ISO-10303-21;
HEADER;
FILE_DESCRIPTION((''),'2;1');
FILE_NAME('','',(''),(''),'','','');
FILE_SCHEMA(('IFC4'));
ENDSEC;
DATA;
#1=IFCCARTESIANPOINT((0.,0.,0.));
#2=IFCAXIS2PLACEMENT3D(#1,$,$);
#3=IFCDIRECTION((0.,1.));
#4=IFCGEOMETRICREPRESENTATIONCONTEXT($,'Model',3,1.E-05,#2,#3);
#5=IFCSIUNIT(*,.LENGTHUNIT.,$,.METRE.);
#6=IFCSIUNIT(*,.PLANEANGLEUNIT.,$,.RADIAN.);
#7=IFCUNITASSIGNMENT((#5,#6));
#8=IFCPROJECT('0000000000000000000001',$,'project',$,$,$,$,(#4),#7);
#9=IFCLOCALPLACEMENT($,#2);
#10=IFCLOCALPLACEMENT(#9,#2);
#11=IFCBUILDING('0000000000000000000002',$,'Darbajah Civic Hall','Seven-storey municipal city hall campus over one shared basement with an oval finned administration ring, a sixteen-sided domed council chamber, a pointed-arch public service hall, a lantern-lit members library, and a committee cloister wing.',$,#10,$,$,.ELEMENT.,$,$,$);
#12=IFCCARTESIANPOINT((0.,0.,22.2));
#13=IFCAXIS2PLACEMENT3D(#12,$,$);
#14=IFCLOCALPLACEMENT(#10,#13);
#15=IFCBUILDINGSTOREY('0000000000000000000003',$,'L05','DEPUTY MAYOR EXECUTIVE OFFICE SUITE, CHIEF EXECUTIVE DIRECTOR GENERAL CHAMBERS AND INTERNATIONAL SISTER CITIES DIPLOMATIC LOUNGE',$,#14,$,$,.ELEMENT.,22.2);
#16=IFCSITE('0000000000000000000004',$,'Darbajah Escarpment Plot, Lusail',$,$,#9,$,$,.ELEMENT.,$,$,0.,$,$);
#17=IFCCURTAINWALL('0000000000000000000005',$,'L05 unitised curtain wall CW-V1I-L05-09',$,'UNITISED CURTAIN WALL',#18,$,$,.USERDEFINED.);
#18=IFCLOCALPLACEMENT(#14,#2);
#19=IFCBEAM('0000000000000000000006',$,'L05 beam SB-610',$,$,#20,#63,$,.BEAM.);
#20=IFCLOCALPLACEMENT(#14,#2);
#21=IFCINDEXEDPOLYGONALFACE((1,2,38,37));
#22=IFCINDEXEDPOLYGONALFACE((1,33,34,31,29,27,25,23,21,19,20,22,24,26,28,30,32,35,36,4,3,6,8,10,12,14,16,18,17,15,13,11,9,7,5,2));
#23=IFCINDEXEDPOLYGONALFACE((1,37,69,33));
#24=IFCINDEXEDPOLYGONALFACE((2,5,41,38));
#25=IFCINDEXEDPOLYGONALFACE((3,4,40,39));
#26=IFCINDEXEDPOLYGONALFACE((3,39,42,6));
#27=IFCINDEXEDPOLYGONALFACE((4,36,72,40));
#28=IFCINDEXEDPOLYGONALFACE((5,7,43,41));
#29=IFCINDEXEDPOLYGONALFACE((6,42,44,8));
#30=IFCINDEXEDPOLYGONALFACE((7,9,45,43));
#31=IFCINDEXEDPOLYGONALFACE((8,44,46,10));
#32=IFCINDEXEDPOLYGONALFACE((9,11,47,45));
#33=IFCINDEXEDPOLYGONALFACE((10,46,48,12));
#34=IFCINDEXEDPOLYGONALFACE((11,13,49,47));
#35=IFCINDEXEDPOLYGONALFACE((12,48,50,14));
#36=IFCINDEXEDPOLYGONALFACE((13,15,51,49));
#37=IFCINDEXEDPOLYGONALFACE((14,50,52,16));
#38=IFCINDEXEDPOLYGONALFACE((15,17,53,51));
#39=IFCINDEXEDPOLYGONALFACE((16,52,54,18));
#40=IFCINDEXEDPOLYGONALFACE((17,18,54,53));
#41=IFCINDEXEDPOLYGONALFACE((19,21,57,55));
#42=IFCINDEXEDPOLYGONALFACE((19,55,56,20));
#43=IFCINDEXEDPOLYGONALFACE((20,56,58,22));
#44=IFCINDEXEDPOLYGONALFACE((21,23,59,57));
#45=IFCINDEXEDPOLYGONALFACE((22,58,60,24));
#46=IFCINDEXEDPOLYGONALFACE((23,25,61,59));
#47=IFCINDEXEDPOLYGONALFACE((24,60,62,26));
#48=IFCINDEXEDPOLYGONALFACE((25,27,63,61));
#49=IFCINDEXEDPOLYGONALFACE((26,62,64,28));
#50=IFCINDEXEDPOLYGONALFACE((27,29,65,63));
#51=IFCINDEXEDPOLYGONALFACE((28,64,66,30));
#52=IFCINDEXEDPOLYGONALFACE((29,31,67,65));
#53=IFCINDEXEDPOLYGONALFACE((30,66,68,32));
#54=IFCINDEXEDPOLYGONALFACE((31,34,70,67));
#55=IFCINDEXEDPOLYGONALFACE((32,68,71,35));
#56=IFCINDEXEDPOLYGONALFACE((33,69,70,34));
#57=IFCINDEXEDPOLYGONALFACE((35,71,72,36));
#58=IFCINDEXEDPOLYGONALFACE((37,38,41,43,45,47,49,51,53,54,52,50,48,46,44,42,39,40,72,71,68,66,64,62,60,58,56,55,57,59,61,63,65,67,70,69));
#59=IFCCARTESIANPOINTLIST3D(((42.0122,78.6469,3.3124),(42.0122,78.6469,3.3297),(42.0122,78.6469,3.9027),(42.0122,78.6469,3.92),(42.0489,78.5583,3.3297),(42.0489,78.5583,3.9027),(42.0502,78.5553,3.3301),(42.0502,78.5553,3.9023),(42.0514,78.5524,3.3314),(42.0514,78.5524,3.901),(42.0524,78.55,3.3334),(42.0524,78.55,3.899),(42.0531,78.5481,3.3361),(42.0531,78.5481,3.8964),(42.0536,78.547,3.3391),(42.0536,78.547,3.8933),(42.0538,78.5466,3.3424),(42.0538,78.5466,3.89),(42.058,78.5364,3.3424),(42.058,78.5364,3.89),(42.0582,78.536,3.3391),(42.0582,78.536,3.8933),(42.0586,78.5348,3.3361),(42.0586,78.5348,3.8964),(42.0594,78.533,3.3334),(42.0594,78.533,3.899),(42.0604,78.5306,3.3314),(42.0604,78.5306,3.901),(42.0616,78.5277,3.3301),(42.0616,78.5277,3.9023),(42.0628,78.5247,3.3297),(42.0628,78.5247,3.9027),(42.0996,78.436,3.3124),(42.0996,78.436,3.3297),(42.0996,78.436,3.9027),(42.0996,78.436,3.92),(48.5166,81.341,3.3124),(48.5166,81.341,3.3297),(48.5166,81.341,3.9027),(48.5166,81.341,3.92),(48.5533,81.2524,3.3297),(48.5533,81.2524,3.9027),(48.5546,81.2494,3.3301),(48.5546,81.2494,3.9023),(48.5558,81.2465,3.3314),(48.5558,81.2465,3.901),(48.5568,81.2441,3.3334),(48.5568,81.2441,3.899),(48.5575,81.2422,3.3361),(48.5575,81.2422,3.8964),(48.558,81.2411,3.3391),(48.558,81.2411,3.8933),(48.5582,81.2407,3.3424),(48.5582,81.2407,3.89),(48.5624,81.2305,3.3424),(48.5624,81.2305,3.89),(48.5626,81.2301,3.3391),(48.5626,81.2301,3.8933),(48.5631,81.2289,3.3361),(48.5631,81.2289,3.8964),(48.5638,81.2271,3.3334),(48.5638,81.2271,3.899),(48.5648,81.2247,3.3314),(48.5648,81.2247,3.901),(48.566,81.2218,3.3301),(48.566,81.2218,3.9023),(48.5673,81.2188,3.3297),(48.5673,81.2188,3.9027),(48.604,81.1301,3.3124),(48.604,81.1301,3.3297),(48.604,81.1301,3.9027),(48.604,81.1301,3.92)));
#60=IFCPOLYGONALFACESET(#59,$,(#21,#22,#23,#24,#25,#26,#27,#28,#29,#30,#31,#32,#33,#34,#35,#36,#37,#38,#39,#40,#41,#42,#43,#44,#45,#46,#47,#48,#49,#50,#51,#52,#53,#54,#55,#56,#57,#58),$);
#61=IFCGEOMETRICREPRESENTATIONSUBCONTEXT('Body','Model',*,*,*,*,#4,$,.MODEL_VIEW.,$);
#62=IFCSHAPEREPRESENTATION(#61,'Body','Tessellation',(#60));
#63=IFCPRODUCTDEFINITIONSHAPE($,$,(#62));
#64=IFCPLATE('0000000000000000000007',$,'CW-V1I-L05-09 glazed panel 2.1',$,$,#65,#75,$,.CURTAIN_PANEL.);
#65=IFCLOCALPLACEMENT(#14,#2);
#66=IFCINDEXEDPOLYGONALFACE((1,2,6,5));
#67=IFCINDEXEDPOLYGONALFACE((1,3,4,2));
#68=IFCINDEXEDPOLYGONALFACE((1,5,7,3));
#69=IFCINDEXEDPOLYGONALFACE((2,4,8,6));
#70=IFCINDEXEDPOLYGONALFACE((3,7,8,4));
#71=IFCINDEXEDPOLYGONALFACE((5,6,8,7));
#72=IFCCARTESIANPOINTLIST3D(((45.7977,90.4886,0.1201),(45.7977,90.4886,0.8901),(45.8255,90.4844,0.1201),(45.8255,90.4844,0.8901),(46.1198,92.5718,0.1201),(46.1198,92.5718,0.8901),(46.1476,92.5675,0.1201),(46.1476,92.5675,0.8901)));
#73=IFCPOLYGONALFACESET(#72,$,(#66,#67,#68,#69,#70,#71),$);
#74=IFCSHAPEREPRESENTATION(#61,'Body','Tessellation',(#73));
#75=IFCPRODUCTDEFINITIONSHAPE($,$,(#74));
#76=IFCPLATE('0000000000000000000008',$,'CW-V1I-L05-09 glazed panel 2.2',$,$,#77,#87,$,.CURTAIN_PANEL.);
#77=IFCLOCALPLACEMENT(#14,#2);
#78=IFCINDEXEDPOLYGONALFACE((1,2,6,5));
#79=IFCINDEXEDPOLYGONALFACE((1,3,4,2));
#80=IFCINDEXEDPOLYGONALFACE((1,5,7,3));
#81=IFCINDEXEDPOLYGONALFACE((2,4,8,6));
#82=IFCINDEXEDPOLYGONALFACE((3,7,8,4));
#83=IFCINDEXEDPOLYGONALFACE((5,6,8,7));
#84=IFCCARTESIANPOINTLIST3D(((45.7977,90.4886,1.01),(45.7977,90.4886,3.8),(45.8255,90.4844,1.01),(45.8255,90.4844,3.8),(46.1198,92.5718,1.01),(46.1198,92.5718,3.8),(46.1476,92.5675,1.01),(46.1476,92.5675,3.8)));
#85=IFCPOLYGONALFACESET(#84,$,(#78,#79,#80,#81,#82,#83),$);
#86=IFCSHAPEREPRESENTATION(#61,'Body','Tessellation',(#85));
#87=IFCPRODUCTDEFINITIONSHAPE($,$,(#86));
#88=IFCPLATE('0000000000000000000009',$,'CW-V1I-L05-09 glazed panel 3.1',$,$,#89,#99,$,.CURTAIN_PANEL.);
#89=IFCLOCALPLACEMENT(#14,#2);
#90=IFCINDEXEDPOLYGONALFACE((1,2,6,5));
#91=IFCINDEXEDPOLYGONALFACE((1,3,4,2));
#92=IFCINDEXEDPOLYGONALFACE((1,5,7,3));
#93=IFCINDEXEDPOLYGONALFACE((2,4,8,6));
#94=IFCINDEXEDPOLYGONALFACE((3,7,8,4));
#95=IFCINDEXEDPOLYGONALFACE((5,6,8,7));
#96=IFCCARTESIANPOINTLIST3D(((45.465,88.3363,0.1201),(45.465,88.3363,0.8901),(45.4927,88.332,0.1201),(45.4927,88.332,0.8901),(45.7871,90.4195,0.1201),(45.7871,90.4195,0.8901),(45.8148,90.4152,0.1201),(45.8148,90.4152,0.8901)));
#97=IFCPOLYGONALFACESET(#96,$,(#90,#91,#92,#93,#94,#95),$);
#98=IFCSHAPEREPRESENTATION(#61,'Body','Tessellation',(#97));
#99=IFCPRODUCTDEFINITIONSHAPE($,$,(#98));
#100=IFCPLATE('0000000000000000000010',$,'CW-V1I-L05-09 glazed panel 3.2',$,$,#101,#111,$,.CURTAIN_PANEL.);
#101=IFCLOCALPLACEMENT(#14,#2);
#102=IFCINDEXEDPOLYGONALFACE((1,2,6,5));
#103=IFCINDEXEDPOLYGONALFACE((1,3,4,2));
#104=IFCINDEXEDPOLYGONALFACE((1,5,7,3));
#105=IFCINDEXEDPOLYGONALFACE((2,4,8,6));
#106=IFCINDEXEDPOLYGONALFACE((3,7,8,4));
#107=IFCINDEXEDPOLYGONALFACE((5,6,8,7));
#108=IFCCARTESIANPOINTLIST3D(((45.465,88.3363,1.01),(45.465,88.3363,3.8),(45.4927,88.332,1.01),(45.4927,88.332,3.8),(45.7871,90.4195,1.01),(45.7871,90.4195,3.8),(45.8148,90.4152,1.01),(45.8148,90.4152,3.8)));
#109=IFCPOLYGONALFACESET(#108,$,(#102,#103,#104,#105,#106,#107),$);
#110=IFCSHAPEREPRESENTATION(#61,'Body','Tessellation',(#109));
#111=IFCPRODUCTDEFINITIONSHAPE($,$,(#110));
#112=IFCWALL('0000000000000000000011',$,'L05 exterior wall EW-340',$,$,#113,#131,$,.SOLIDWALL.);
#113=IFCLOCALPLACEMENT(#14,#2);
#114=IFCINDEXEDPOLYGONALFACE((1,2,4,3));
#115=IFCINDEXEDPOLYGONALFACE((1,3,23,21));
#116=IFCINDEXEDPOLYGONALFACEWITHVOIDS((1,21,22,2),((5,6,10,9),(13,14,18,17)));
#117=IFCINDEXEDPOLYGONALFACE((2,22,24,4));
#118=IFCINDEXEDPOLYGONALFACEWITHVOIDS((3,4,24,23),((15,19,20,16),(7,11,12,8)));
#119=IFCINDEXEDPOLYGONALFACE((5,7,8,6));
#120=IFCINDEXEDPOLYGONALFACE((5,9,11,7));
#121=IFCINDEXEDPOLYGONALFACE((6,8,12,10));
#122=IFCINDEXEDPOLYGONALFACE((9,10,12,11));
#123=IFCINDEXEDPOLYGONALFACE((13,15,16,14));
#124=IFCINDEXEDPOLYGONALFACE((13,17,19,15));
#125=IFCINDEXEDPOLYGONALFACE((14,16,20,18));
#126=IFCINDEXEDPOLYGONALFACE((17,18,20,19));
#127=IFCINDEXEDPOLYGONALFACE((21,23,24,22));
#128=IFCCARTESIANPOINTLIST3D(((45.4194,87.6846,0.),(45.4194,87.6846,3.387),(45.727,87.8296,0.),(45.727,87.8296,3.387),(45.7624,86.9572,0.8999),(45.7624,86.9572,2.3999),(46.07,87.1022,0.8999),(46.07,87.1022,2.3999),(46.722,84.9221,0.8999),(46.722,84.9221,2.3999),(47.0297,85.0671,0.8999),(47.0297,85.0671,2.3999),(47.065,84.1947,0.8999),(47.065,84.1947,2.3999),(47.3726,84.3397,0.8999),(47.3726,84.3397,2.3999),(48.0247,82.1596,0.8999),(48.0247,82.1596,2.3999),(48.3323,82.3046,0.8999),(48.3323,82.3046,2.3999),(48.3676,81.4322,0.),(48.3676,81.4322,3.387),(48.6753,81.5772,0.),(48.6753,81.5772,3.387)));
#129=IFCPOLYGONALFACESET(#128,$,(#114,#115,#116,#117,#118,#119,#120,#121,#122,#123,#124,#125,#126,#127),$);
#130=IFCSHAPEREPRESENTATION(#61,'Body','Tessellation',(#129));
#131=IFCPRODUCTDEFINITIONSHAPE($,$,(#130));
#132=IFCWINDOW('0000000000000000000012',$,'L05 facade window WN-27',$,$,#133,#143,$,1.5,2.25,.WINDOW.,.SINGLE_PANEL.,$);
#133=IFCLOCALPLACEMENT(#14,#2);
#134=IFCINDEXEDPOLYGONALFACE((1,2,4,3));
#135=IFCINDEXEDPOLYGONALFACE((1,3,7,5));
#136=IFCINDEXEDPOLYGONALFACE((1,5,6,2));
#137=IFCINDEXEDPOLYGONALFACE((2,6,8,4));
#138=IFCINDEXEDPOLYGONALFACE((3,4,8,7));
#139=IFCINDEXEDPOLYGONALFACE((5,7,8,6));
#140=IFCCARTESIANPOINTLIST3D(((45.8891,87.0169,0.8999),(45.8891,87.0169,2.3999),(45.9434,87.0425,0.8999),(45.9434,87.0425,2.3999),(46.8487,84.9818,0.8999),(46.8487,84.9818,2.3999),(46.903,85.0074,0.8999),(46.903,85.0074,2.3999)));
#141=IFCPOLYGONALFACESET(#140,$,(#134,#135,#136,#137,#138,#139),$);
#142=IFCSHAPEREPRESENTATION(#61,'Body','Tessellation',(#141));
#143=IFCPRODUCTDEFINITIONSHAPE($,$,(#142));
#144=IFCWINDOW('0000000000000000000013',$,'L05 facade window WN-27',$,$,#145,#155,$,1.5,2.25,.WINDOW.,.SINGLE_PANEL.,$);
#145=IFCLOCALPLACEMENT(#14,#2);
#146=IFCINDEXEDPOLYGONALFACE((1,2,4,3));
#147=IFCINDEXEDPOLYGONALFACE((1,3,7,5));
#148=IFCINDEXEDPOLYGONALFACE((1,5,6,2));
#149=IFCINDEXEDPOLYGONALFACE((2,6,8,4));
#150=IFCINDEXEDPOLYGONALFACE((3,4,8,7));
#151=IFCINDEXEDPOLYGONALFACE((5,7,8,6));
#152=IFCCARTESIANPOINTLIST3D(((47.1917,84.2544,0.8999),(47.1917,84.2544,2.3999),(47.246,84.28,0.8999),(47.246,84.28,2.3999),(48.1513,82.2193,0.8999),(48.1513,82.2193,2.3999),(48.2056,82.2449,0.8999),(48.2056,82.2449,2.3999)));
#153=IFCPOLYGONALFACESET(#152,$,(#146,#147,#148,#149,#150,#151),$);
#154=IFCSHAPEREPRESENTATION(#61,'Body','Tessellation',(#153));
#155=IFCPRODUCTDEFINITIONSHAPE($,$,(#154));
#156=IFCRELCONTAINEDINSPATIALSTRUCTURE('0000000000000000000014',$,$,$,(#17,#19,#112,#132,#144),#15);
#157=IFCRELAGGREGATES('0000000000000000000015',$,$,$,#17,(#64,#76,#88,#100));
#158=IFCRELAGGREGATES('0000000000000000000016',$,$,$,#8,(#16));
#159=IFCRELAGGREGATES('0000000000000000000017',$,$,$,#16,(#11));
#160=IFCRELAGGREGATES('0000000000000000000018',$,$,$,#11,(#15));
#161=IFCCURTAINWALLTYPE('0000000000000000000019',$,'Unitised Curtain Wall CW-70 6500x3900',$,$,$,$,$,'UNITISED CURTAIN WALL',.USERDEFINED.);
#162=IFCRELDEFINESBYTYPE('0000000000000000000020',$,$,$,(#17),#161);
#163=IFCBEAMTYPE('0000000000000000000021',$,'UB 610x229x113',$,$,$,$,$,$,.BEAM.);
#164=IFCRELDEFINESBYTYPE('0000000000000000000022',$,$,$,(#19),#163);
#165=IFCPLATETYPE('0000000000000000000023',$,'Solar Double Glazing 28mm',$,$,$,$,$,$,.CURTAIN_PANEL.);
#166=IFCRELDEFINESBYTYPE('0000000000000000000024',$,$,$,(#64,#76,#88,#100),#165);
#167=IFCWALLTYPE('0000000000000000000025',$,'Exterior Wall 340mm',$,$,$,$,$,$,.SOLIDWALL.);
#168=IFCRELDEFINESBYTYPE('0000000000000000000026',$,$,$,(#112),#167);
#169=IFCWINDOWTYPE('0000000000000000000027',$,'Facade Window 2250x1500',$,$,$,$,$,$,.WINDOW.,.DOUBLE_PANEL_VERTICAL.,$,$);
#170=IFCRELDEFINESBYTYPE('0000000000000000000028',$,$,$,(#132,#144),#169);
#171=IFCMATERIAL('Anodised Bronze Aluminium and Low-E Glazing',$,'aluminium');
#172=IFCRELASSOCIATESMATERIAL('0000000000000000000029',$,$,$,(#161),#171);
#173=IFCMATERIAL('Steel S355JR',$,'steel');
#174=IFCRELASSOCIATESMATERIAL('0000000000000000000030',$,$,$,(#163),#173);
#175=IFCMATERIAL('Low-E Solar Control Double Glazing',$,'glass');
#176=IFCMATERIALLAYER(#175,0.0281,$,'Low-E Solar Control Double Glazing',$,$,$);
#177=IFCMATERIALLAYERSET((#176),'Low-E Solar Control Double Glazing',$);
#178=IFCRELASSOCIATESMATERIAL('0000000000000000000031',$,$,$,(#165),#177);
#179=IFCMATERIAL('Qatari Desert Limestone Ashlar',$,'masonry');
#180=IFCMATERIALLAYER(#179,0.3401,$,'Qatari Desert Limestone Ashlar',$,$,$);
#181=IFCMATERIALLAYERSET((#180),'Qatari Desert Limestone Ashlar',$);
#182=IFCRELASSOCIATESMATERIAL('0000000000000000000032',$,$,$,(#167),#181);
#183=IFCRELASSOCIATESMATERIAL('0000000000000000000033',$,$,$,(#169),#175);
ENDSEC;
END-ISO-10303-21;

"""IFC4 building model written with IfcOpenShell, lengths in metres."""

from ifc_helpers import new_model, si_unit, direction, frame, frame_2d, origin, origin_2d, place, context, subcontext, project, spatial, rectangle, i_section, extrude, material, layer, layer_set, material_profile, profile_set, type_object, element, fill, aggregate, save


model = new_model("IFC4")

# Units and contexts
model_context = context("Model", 3, precision=1e-05, world=origin(), true_north=direction((0.0, 1.0)))
body_context = subcontext(model_context, "Body", "Model", "MODEL_VIEW")
ifc_project = project(units=[si_unit("LENGTHUNIT", "METRE"), si_unit("PLANEANGLEUNIT", "RADIAN")], contexts=[model_context])

# Site, building, storey
site_placement = place(None, origin())
site = spatial("IfcSite", under=ifc_project, at=site_placement, Name="Darbajah Escarpment Plot, Lusail", CompositionType="ELEMENT", RefElevation=0.0)
building_placement = place(site_placement, origin())
building = spatial("IfcBuilding", under=site, at=building_placement, Name="Darbajah Civic Hall", Description="Seven-storey municipal city hall campus over one shared basement with an oval finned administration ring, a sixteen-sided domed council chamber, a pointed-arch public service hall, a lantern-lit members library, and a committee cloister wing.", CompositionType="ELEMENT")
storey_placement = place(building_placement, frame((0.0, 0.0, 22.2)))
storey = spatial("IfcBuildingStorey", under=building, at=storey_placement, Name="L05", Description="DEPUTY MAYOR EXECUTIVE OFFICE SUITE, CHIEF EXECUTIVE DIRECTOR GENERAL CHAMBERS AND INTERNATIONAL SISTER CITIES DIPLOMATIC LOUNGE", CompositionType="ELEMENT", Elevation=22.2)

# Curtain wall
ifc_material_1 = material(Name="Anodised Bronze Aluminium and Low-E Glazing", Category="aluminium")
curtain_wall_type = type_object("IfcCurtainWallType", Name="Unitised Curtain Wall CW-70 6500x3900", ElementType="UNITISED CURTAIN WALL", PredefinedType="USERDEFINED", material=ifc_material_1)
curtain_wall_placement = place(storey_placement, origin())
curtain_wall = element("IfcCurtainWall", 1, at=curtain_wall_placement, inside=storey, type_object=curtain_wall_type, Name="L05 unitised curtain wall CW-V1I-L05-09", ObjectType="UNITISED CURTAIN WALL", PredefinedType="USERDEFINED")

# Beam
ifc_material_2 = material(Name="Steel S355JR", Category="steel")
ifc_material_profile_1 = material_profile(ifc_material_2, i_section(OverallWidth=0.2283, OverallDepth=0.6077, WebThickness=0.011, FlangeThickness=0.0173, FilletRadius=0.0127, at=origin_2d()), Name="UB 610x229x113")
ifc_profile_set_1 = profile_set([ifc_material_profile_1], Name="Steel S355JR")
beam_type_1 = type_object("IfcBeamType", Name="UB 610x229x113", PredefinedType="BEAM", material=ifc_profile_set_1)
beam_1_placement = place(storey_placement, frame((48.5603, 81.2356, 3.6162), z_axis=(-0.923885, -0.382669, 0.0), x_axis=(0.382669, -0.923885, 0.0)))
element("IfcBeam", 2, at=beam_1_placement, inside=storey, type_object=beam_type_1, Name="L05 beam SB-610", PredefinedType="BEAM", context=body_context, shape_type="SweptSolid", body=[
    extrude(i_section(OverallWidth=0.2283, OverallDepth=0.6077, WebThickness=0.011, FlangeThickness=0.0173, FilletRadius=0.0127, at=origin_2d()), origin(), (0.0, 0.0, 1.0), 7.0403),
])

# Plates
ifc_material_3 = material(Name="Low-E Solar Control Double Glazing", Category="glass")
ifc_layer_1 = layer(ifc_material_3, 0.0281, Name="Low-E Solar Control Double Glazing")
ifc_layer_set_1 = layer_set([ifc_layer_1], Name="Low-E Solar Control Double Glazing")
plate_type = type_object("IfcPlateType", Name="Solar Double Glazing 28mm", PredefinedType="CURTAIN_PANEL", material=ifc_layer_set_1)
plate_1_placement = place(storey_placement, frame((45.9727, 91.5281, 0.1201), z_axis=(0.0, 0.0, 1.0), x_axis=(-0.152813, -0.988255, 0.0)))
plate_1 = element("IfcPlate", 3, at=plate_1_placement, type_object=plate_type, Name="CW-V1I-L05-09 glazed panel 2.1", PredefinedType="CURTAIN_PANEL", context=body_context, shape_type="SweptSolid", body=[
    extrude(rectangle(XDim=2.1079, YDim=0.0281, at=origin_2d()), origin(), (0.0, 0.0, 1.0), 0.77),
])
plate_2_placement = place(storey_placement, frame((45.9727, 91.5281, 1.01), z_axis=(0.0, 0.0, 1.0), x_axis=(-0.152813, -0.988255, 0.0)))
plate_2 = element("IfcPlate", 4, at=plate_2_placement, type_object=plate_type, Name="CW-V1I-L05-09 glazed panel 2.2", PredefinedType="CURTAIN_PANEL", context=body_context, shape_type="SweptSolid", body=[
    extrude(rectangle(XDim=2.1079, YDim=0.0281, at=origin_2d()), origin(), (0.0, 0.0, 1.0), 2.79),
])
plate_3_placement = place(storey_placement, frame((45.6399, 89.3757, 0.1201), z_axis=(0.0, 0.0, 1.0), x_axis=(-0.152813, -0.988255, 0.0)))
plate_3 = element("IfcPlate", 5, at=plate_3_placement, type_object=plate_type, Name="CW-V1I-L05-09 glazed panel 3.1", PredefinedType="CURTAIN_PANEL", context=body_context, shape_type="SweptSolid", body=[
    extrude(rectangle(XDim=2.1079, YDim=0.0281, at=origin_2d()), origin(), (0.0, 0.0, 1.0), 0.77),
])
plate_4_placement = place(storey_placement, frame((45.6399, 89.3757, 1.01), z_axis=(0.0, 0.0, 1.0), x_axis=(-0.152813, -0.988255, 0.0)))
plate_4 = element("IfcPlate", 6, at=plate_4_placement, type_object=plate_type, Name="CW-V1I-L05-09 glazed panel 3.2", PredefinedType="CURTAIN_PANEL", context=body_context, shape_type="SweptSolid", body=[
    extrude(rectangle(XDim=2.1079, YDim=0.0281, at=origin_2d()), origin(), (0.0, 0.0, 1.0), 2.79),
])
aggregate(curtain_wall, [plate_1, plate_2, plate_3, plate_4])

# Wall, openings, windows
ifc_material_4 = material(Name="Qatari Desert Limestone Ashlar", Category="masonry")
ifc_layer_2 = layer(ifc_material_4, 0.3401, Name="Qatari Desert Limestone Ashlar")
ifc_layer_set_2 = layer_set([ifc_layer_2], Name="Qatari Desert Limestone Ashlar")
wall_type = type_object("IfcWallType", Name="Exterior Wall 340mm", PredefinedType="SOLIDWALL", material=ifc_layer_set_2)
wall_1_placement = place(storey_placement, frame((45.5732, 87.7571, 0.0), z_axis=(0.0, 0.0, 1.0), x_axis=(0.426498, -0.904489, 0.0)))
wall_1 = element("IfcWall", 7, at=wall_1_placement, inside=storey, type_object=wall_type, Name="L05 exterior wall EW-340", PredefinedType="SOLIDWALL", context=body_context, shape_type="SweptSolid", body=[
    extrude(rectangle(XDim=6.9126, YDim=0.3401, at=frame_2d((3.4563, 0.0))), origin(), (0.0, 0.0, 1.0), 3.387),
])
opening_1_placement = place(wall_1_placement, frame((0.8042, 0.0, 0.8999)))
opening_1 = element("IfcOpeningElement", 8, at=opening_1_placement, cuts=wall_1, PredefinedType="OPENING", context=body_context, shape_type="SweptSolid", body=[
    extrude(rectangle(XDim=2.25, YDim=1.5, at=frame_2d((1.125, 0.75))), frame((0.0, 0.1799, 0.0), z_axis=(0.0, -1.0, 0.0), x_axis=(1.0, 0.0, 0.0)), (0.0, 0.0, 1.0), 0.3601),
])
opening_2_placement = place(wall_1_placement, frame((3.8584, 0.0, 0.8999)))
opening_2 = element("IfcOpeningElement", 9, at=opening_2_placement, cuts=wall_1, PredefinedType="OPENING", context=body_context, shape_type="SweptSolid", body=[
    extrude(rectangle(XDim=2.25, YDim=1.5, at=frame_2d((1.125, 0.75))), frame((0.0, 0.1799, 0.0), z_axis=(0.0, -1.0, 0.0), x_axis=(1.0, 0.0, 0.0)), (0.0, 0.0, 1.0), 0.3601),
])
window_type_1 = type_object("IfcWindowType", Name="Facade Window 2250x1500", PartitioningType="DOUBLE_PANEL_VERTICAL", PredefinedType="WINDOW", material=ifc_material_3)
window_1_placement = place(opening_1_placement, origin())
window_1 = element("IfcWindow", 10, at=window_1_placement, inside=storey, type_object=window_type_1, Name="L05 facade window WN-27", OverallHeight=1.5, OverallWidth=2.25, PartitioningType="SINGLE_PANEL", PredefinedType="WINDOW", context=body_context, shape_type="SweptSolid", body=[
    extrude(rectangle(XDim=2.25, YDim=1.5, at=frame_2d((1.125, 0.75))), frame((0.0, 0.03, 0.0), z_axis=(0.0, -1.0, 0.0), x_axis=(1.0, 0.0, 0.0)), (0.0, 0.0, 1.0), 0.0601),
])
fill(opening_1, window_1)
window_2_placement = place(opening_2_placement, origin())
window_2 = element("IfcWindow", 11, at=window_2_placement, inside=storey, type_object=window_type_1, Name="L05 facade window WN-27", OverallHeight=1.5, OverallWidth=2.25, PartitioningType="SINGLE_PANEL", PredefinedType="WINDOW", context=body_context, shape_type="SweptSolid", body=[
    extrude(rectangle(XDim=2.25, YDim=1.5, at=frame_2d((1.125, 0.75))), frame((0.0, 0.03, 0.0), z_axis=(0.0, -1.0, 0.0), x_axis=(1.0, 0.0, 0.0)), (0.0, 0.0, 1.0), 0.0601),
])
fill(opening_2, window_2)

save(model, "model.ifc")
